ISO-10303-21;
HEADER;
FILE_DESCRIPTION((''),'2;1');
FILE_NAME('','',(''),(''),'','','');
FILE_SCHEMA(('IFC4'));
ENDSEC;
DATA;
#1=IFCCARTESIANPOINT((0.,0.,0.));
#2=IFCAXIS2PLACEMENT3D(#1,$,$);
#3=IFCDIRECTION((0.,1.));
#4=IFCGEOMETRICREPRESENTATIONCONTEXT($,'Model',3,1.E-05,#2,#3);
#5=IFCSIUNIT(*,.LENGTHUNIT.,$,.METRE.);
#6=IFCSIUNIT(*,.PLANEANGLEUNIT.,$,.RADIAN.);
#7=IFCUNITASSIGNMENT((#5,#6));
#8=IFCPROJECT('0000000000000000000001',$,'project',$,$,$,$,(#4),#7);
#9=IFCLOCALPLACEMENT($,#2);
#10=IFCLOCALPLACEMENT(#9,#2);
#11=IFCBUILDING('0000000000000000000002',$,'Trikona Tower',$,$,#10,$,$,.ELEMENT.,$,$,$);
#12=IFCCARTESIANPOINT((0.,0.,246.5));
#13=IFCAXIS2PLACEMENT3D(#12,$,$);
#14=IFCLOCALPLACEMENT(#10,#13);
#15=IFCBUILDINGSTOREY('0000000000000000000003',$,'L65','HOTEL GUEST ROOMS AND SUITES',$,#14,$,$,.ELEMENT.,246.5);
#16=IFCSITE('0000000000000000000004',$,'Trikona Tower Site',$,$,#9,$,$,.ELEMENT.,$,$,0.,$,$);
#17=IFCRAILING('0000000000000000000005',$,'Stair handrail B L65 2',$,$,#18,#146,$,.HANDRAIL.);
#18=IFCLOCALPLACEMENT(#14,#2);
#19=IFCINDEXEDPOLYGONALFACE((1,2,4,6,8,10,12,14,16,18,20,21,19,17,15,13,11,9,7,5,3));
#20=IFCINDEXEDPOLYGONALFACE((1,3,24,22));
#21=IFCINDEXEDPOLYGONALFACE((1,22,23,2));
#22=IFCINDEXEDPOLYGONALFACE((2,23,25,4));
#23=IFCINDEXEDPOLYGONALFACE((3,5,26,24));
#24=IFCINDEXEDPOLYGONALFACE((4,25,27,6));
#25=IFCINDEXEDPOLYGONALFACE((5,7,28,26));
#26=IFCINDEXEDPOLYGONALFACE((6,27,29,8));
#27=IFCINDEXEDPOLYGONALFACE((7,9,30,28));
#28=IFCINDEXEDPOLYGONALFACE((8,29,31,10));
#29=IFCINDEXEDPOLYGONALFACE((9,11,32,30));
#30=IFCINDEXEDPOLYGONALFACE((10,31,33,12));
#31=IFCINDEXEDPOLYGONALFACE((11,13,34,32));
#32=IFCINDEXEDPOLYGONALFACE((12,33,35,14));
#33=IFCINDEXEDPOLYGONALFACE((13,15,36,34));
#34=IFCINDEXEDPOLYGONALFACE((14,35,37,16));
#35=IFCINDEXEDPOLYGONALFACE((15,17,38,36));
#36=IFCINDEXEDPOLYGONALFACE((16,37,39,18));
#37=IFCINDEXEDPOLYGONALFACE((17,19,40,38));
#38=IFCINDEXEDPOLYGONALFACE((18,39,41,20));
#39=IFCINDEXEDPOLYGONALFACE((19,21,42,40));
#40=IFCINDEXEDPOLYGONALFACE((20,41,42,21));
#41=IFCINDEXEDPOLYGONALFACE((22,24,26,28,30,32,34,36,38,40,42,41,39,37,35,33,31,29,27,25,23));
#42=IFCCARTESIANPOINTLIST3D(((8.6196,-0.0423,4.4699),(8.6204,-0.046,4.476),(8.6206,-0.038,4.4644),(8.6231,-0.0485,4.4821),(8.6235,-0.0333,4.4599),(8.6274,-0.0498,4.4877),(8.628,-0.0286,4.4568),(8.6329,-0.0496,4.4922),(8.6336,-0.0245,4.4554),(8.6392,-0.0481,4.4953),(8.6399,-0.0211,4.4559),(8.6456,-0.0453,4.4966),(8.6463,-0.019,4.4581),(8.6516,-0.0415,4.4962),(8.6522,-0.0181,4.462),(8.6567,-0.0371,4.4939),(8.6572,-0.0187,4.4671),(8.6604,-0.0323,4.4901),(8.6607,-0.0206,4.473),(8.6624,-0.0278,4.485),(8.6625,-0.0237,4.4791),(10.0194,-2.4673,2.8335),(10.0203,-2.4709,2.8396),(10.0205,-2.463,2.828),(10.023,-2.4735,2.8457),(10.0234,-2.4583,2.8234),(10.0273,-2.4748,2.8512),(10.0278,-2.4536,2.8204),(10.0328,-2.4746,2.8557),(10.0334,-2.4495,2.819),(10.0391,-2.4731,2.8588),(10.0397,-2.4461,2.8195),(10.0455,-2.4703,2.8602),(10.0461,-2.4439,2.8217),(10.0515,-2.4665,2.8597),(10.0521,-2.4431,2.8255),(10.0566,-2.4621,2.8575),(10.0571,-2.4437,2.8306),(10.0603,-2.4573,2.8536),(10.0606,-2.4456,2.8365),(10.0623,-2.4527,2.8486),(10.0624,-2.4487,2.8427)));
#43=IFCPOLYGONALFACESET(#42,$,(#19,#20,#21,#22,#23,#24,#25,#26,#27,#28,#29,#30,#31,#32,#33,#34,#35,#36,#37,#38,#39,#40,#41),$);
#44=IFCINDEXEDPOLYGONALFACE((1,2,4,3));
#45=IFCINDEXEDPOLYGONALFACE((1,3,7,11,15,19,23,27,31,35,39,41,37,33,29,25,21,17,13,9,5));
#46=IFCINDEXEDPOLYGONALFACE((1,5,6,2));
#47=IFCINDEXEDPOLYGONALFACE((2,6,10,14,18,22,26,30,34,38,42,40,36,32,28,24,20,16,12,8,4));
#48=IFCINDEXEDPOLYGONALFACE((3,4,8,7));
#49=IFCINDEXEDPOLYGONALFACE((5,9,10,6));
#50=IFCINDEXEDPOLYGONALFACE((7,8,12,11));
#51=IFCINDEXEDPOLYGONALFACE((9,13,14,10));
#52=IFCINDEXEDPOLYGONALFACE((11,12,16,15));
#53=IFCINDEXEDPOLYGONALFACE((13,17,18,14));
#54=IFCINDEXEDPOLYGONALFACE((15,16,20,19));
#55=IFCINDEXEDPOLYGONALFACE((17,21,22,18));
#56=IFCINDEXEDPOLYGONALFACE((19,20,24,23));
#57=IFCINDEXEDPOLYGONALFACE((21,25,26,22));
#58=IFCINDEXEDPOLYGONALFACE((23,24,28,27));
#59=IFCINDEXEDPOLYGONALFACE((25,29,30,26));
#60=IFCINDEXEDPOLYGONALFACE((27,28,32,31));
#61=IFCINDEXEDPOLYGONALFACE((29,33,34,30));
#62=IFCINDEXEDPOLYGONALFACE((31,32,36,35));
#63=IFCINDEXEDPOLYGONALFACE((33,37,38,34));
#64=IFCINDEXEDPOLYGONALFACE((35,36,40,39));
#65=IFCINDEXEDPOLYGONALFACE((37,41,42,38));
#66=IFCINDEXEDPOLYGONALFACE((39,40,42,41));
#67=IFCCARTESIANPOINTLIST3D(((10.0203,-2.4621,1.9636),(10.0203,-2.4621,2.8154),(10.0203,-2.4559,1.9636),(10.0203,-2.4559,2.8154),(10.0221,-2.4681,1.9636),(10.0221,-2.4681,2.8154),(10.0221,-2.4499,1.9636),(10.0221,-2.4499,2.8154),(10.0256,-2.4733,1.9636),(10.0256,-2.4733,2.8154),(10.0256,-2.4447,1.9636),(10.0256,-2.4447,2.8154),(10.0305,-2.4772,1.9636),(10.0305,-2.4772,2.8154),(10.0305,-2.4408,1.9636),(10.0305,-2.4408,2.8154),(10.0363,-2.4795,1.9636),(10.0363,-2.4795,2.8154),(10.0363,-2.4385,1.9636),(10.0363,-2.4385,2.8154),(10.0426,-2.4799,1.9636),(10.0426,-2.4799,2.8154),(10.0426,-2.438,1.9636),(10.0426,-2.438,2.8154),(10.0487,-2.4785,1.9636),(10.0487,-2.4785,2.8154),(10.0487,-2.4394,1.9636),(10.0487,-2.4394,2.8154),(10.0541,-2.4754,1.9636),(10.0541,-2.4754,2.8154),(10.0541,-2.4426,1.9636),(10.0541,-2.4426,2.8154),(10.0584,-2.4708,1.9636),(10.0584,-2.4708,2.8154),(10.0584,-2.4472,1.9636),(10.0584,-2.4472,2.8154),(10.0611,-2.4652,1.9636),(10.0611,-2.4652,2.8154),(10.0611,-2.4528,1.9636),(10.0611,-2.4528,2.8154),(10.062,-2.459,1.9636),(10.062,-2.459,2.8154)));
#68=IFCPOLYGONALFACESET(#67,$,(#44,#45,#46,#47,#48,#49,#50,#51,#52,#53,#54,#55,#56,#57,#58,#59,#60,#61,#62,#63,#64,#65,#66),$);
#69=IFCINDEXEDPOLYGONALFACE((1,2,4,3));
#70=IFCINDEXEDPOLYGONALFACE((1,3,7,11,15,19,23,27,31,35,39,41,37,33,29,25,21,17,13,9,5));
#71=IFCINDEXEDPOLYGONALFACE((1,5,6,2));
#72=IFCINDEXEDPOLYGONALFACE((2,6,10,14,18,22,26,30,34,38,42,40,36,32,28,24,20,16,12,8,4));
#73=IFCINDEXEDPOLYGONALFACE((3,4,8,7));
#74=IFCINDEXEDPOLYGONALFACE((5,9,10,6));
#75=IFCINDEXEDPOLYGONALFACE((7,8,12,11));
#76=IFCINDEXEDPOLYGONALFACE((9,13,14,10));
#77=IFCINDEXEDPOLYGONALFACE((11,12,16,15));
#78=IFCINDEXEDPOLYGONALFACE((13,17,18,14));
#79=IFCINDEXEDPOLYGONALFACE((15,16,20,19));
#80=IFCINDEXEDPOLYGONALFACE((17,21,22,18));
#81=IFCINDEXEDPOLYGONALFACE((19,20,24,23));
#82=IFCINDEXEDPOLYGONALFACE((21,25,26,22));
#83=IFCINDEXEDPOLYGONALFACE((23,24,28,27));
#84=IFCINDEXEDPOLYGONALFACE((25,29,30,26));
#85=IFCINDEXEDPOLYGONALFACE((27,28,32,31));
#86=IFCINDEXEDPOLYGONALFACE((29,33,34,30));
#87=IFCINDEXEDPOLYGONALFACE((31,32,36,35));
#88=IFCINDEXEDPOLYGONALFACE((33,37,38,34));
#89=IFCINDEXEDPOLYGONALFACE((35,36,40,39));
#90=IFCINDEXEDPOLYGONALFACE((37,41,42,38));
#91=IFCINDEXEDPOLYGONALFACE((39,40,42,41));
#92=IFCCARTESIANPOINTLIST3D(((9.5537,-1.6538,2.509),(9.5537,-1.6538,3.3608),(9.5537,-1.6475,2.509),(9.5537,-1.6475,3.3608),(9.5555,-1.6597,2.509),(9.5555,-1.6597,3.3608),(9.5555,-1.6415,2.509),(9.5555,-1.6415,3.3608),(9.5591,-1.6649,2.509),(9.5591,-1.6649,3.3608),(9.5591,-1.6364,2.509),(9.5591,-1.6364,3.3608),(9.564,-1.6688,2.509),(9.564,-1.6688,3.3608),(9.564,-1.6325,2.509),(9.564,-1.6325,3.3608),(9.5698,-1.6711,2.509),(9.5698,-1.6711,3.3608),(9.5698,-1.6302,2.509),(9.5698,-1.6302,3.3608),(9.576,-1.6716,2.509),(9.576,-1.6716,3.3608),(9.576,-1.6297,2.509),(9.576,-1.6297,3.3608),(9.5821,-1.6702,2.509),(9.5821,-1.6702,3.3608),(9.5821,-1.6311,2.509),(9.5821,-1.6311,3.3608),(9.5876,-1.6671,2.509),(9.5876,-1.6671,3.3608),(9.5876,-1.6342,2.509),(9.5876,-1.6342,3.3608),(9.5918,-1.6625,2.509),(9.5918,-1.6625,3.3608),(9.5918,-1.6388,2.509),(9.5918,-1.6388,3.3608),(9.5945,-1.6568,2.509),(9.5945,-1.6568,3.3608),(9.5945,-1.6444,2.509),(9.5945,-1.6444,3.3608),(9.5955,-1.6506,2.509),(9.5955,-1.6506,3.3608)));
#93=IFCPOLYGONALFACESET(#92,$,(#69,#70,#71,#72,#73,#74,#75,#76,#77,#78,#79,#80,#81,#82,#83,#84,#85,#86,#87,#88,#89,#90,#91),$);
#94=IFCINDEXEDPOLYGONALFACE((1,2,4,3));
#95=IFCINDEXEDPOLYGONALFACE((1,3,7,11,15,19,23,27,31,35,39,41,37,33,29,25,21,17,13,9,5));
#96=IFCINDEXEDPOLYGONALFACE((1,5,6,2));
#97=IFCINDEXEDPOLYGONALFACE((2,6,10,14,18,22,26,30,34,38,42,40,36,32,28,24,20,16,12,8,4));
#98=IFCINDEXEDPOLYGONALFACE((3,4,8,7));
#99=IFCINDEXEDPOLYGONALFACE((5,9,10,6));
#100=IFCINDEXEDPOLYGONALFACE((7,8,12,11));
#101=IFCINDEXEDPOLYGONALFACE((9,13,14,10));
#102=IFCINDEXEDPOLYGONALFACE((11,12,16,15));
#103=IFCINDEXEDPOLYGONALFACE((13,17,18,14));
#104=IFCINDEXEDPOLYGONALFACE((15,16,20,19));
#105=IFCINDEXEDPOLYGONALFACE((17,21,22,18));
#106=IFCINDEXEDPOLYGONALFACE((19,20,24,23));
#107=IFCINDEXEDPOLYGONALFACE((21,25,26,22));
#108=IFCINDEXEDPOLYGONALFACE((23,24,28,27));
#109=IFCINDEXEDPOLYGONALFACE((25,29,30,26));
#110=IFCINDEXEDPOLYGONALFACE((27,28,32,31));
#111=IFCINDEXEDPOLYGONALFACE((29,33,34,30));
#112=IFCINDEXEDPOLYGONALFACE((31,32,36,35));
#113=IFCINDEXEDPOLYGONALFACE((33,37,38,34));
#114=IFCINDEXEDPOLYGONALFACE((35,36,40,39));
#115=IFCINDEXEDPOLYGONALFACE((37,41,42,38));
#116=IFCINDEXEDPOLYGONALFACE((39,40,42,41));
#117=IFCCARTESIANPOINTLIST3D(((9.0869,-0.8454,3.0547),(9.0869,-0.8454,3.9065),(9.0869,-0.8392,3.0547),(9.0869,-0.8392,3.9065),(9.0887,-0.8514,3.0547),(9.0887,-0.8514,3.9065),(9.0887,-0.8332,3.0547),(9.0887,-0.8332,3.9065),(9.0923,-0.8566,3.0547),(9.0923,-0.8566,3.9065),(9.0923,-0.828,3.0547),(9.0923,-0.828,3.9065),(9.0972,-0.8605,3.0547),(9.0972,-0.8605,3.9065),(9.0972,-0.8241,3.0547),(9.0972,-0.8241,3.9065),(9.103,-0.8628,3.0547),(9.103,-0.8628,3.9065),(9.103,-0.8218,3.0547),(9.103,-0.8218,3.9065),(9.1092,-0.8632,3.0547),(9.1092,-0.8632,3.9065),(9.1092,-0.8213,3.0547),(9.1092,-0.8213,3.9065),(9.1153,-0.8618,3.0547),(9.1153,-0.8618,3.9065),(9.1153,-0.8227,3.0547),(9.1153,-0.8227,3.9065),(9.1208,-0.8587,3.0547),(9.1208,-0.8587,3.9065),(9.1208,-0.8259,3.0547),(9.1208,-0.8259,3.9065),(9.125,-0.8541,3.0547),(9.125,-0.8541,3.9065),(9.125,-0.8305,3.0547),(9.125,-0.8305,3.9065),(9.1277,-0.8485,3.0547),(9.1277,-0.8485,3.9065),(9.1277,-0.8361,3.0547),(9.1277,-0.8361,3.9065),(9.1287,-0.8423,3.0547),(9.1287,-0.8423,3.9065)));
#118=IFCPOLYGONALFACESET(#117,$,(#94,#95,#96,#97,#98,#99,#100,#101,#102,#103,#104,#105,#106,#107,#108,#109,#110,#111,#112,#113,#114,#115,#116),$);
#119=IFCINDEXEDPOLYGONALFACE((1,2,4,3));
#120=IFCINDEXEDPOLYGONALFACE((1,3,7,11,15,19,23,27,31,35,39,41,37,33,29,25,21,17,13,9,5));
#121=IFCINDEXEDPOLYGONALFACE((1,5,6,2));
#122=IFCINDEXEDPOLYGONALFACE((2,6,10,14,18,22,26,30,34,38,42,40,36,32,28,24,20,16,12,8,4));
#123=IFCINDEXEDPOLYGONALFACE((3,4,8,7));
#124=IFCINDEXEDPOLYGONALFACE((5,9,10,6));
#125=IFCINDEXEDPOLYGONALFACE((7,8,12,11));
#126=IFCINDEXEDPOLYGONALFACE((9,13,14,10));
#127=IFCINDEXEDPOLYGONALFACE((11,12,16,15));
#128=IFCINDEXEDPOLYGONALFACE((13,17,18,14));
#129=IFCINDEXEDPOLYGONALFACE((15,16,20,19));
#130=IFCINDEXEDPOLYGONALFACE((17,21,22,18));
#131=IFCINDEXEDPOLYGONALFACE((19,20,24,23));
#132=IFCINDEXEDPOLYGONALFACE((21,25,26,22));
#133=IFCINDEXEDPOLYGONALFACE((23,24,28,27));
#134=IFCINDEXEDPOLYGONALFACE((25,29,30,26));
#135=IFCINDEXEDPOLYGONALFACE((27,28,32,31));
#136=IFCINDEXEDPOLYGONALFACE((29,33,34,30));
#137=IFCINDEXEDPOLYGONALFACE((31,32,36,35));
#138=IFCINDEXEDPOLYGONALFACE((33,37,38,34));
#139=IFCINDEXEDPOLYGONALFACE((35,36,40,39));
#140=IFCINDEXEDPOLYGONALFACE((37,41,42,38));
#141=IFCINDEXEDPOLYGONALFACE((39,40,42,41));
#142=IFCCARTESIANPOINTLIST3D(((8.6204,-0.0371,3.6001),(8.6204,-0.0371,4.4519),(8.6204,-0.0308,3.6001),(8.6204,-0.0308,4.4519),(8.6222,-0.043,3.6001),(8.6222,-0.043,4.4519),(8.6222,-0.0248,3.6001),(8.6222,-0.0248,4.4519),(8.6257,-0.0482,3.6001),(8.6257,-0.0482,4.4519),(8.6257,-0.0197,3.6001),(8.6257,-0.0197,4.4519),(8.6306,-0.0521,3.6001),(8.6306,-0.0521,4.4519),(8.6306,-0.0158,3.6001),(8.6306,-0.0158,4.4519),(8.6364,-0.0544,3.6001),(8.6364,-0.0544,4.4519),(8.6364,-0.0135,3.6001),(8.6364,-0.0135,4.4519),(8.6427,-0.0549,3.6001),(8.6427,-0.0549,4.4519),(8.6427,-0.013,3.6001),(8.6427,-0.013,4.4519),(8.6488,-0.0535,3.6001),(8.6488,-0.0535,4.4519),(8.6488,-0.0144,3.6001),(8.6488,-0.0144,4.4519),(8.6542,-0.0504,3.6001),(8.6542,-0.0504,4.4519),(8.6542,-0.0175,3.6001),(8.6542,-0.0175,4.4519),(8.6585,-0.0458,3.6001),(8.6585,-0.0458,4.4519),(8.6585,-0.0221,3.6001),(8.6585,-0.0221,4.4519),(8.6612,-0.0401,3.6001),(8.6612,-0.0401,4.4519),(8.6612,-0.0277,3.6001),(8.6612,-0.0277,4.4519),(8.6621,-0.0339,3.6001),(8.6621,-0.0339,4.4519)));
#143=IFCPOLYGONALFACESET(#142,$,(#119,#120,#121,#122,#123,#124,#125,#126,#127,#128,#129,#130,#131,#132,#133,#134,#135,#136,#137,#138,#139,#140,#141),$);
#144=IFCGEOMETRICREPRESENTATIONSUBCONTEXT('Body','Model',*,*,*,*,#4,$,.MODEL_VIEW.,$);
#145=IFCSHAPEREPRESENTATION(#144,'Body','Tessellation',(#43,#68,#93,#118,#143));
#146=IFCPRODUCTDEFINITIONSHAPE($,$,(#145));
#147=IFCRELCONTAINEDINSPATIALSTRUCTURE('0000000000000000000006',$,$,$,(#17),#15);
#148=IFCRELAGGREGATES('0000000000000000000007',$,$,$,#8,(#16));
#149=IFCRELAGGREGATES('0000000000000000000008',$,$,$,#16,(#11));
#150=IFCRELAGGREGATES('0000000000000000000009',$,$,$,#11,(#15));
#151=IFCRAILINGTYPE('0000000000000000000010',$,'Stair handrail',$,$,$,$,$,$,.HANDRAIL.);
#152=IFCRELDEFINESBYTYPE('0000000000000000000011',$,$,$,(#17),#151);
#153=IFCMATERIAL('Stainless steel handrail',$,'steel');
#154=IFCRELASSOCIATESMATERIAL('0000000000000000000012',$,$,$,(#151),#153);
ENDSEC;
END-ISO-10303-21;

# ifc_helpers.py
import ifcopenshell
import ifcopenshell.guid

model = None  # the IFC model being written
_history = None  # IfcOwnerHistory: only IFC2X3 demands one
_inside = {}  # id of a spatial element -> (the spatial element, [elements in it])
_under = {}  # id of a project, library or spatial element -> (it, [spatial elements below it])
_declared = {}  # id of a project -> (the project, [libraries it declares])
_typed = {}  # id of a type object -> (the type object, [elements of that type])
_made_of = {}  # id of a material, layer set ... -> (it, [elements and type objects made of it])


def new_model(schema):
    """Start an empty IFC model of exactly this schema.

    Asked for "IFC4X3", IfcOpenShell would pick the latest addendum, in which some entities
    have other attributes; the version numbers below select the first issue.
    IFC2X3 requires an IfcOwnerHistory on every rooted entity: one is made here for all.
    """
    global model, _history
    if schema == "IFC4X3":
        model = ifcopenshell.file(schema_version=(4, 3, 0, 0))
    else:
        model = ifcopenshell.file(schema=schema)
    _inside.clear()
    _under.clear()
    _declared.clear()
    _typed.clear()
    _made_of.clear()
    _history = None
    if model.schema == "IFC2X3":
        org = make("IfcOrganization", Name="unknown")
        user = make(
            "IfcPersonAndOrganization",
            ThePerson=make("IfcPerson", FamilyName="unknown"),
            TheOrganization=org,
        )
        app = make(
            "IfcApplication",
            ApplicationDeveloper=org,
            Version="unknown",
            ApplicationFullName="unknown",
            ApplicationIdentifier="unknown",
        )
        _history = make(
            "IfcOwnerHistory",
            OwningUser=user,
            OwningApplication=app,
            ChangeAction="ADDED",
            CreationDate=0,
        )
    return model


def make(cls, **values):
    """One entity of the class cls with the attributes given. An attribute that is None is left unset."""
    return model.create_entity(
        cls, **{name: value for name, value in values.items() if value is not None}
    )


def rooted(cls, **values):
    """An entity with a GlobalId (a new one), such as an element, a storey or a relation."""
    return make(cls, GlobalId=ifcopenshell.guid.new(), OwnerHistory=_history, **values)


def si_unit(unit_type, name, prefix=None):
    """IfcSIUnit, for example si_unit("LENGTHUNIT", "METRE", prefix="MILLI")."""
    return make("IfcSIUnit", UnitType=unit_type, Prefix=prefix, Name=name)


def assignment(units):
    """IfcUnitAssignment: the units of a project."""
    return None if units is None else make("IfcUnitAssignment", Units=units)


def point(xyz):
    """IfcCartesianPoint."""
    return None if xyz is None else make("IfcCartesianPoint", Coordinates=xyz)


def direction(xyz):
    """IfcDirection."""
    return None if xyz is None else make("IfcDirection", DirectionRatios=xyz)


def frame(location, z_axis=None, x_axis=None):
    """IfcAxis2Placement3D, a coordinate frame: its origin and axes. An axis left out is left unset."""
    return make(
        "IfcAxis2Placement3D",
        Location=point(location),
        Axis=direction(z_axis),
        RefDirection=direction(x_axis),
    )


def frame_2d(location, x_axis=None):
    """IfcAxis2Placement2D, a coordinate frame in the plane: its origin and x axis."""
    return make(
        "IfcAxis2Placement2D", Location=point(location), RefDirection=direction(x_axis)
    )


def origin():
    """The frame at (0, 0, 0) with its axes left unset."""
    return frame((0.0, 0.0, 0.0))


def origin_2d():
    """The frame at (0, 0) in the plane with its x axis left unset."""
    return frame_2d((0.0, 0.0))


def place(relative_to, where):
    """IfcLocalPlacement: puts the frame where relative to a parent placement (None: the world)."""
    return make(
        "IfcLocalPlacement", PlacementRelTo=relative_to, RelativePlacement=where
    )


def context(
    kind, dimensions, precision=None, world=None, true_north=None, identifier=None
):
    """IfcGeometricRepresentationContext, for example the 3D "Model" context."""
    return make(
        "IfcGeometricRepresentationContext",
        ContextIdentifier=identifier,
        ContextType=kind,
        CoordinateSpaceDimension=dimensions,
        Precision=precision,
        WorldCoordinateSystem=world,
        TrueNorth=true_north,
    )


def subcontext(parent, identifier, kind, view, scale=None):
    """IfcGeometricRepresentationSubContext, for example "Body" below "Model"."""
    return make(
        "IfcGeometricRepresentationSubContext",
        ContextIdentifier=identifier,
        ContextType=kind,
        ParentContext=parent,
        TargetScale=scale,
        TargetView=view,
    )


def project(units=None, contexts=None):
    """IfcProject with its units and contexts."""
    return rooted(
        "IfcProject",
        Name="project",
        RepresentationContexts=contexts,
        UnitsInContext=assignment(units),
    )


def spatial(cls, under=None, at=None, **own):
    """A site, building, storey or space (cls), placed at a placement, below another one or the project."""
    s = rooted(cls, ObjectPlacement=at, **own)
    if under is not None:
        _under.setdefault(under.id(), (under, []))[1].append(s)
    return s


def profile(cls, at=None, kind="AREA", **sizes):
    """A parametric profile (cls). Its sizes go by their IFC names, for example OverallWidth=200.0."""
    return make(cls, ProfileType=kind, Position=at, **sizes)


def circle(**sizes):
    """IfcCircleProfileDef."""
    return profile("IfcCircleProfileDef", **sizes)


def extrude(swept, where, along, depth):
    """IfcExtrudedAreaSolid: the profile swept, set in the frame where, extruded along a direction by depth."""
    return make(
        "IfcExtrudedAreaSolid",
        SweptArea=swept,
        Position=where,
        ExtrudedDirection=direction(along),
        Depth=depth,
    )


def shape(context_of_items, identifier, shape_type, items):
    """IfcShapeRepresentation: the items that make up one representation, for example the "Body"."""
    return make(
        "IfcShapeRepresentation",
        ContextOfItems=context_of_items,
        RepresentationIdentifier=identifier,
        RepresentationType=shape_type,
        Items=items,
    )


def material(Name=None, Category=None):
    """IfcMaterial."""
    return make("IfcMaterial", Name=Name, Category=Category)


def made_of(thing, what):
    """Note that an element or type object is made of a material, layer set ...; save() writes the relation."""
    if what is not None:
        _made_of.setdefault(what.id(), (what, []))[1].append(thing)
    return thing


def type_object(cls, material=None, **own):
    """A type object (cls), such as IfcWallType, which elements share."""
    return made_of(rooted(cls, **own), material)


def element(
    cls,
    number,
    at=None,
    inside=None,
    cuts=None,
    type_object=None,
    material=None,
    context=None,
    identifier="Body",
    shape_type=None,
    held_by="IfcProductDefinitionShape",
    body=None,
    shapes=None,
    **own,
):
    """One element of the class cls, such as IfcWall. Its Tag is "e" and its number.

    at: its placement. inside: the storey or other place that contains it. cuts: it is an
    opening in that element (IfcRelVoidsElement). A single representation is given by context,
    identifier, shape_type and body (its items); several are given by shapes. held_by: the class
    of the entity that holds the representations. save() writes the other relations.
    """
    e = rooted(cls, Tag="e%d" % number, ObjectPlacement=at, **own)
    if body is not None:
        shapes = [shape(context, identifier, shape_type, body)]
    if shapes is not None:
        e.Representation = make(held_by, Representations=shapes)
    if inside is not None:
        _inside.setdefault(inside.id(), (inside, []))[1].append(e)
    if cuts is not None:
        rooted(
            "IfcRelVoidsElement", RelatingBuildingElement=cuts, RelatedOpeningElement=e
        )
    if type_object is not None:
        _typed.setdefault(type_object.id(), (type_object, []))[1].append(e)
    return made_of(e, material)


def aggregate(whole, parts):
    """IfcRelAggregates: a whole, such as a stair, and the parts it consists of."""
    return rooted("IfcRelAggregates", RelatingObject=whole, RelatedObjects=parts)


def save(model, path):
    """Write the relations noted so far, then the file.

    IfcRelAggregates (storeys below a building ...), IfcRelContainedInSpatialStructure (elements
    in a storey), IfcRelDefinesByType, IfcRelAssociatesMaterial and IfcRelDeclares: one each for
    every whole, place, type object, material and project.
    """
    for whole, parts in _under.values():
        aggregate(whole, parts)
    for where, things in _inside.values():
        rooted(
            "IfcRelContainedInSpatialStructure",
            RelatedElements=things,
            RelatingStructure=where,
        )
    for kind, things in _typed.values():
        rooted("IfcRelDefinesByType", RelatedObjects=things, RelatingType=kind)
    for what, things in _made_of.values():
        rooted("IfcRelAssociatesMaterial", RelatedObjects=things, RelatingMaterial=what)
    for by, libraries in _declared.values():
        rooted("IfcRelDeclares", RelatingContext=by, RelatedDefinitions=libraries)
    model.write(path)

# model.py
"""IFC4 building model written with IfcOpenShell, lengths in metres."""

from ifc_helpers import new_model, si_unit, direction, frame, origin, origin_2d, place, context, subcontext, project, spatial, circle, extrude, material, type_object, element, save


model = new_model("IFC4")

# Units and contexts
model_context = context("Model", 3, precision=1e-05, world=origin(), true_north=direction((0.0, 1.0)))
body_context = subcontext(model_context, "Body", "Model", "MODEL_VIEW")
ifc_project = project(units=[si_unit("LENGTHUNIT", "METRE"), si_unit("PLANEANGLEUNIT", "RADIAN")], contexts=[model_context])

# Site, building, storey
site_placement = place(None, origin())
site = spatial("IfcSite", under=ifc_project, at=site_placement, Name="Trikona Tower Site", CompositionType="ELEMENT", RefElevation=0.0)
building_placement = place(site_placement, origin())
building = spatial("IfcBuilding", under=site, at=building_placement, Name="Trikona Tower", CompositionType="ELEMENT")
storey_placement = place(building_placement, frame((0.0, 0.0, 246.5)))
storey = spatial("IfcBuildingStorey", under=building, at=storey_placement, Name="L65", Description="HOTEL GUEST ROOMS AND SUITES", CompositionType="ELEMENT", Elevation=246.5)

# Railing
ifc_material_1 = material(Name="Stainless steel handrail", Category="steel")
railing_type = type_object("IfcRailingType", Name="Stair handrail", PredefinedType="HANDRAIL", material=ifc_material_1)
railing_placement = place(storey_placement, frame((10.041, -2.459, 1.9636)))
element("IfcRailing", 1, at=railing_placement, inside=storey, type_object=railing_type, Name="Stair handrail B L65 2", PredefinedType="HANDRAIL", context=body_context, shape_type="SweptSolid", body=[
    extrude(circle(Radius=0.0239, at=origin_2d()), frame((0.0, 0.0, 0.876), z_axis=(-0.431636, 0.747723, 0.504579), x_axis=(-0.866056, -0.499946, 0.0)), (0.0, 0.0, 1.0), 3.2432),
    extrude(circle(Radius=0.021, at=origin_2d()), origin(), (0.0, 0.0, 1.0), 0.8518),
    extrude(circle(Radius=0.021, at=origin_2d()), frame((-0.4666, 0.8083, 0.5454)), (0.0, 0.0, 1.0), 0.8518),
    extrude(circle(Radius=0.021, at=origin_2d()), frame((-0.9333, 1.6167, 1.0911)), (0.0, 0.0, 1.0), 0.8518),
    extrude(circle(Radius=0.021, at=origin_2d()), frame((-1.3999, 2.425, 1.6365)), (0.0, 0.0, 1.0), 0.8518),
])

save(model, "model.ifc")
